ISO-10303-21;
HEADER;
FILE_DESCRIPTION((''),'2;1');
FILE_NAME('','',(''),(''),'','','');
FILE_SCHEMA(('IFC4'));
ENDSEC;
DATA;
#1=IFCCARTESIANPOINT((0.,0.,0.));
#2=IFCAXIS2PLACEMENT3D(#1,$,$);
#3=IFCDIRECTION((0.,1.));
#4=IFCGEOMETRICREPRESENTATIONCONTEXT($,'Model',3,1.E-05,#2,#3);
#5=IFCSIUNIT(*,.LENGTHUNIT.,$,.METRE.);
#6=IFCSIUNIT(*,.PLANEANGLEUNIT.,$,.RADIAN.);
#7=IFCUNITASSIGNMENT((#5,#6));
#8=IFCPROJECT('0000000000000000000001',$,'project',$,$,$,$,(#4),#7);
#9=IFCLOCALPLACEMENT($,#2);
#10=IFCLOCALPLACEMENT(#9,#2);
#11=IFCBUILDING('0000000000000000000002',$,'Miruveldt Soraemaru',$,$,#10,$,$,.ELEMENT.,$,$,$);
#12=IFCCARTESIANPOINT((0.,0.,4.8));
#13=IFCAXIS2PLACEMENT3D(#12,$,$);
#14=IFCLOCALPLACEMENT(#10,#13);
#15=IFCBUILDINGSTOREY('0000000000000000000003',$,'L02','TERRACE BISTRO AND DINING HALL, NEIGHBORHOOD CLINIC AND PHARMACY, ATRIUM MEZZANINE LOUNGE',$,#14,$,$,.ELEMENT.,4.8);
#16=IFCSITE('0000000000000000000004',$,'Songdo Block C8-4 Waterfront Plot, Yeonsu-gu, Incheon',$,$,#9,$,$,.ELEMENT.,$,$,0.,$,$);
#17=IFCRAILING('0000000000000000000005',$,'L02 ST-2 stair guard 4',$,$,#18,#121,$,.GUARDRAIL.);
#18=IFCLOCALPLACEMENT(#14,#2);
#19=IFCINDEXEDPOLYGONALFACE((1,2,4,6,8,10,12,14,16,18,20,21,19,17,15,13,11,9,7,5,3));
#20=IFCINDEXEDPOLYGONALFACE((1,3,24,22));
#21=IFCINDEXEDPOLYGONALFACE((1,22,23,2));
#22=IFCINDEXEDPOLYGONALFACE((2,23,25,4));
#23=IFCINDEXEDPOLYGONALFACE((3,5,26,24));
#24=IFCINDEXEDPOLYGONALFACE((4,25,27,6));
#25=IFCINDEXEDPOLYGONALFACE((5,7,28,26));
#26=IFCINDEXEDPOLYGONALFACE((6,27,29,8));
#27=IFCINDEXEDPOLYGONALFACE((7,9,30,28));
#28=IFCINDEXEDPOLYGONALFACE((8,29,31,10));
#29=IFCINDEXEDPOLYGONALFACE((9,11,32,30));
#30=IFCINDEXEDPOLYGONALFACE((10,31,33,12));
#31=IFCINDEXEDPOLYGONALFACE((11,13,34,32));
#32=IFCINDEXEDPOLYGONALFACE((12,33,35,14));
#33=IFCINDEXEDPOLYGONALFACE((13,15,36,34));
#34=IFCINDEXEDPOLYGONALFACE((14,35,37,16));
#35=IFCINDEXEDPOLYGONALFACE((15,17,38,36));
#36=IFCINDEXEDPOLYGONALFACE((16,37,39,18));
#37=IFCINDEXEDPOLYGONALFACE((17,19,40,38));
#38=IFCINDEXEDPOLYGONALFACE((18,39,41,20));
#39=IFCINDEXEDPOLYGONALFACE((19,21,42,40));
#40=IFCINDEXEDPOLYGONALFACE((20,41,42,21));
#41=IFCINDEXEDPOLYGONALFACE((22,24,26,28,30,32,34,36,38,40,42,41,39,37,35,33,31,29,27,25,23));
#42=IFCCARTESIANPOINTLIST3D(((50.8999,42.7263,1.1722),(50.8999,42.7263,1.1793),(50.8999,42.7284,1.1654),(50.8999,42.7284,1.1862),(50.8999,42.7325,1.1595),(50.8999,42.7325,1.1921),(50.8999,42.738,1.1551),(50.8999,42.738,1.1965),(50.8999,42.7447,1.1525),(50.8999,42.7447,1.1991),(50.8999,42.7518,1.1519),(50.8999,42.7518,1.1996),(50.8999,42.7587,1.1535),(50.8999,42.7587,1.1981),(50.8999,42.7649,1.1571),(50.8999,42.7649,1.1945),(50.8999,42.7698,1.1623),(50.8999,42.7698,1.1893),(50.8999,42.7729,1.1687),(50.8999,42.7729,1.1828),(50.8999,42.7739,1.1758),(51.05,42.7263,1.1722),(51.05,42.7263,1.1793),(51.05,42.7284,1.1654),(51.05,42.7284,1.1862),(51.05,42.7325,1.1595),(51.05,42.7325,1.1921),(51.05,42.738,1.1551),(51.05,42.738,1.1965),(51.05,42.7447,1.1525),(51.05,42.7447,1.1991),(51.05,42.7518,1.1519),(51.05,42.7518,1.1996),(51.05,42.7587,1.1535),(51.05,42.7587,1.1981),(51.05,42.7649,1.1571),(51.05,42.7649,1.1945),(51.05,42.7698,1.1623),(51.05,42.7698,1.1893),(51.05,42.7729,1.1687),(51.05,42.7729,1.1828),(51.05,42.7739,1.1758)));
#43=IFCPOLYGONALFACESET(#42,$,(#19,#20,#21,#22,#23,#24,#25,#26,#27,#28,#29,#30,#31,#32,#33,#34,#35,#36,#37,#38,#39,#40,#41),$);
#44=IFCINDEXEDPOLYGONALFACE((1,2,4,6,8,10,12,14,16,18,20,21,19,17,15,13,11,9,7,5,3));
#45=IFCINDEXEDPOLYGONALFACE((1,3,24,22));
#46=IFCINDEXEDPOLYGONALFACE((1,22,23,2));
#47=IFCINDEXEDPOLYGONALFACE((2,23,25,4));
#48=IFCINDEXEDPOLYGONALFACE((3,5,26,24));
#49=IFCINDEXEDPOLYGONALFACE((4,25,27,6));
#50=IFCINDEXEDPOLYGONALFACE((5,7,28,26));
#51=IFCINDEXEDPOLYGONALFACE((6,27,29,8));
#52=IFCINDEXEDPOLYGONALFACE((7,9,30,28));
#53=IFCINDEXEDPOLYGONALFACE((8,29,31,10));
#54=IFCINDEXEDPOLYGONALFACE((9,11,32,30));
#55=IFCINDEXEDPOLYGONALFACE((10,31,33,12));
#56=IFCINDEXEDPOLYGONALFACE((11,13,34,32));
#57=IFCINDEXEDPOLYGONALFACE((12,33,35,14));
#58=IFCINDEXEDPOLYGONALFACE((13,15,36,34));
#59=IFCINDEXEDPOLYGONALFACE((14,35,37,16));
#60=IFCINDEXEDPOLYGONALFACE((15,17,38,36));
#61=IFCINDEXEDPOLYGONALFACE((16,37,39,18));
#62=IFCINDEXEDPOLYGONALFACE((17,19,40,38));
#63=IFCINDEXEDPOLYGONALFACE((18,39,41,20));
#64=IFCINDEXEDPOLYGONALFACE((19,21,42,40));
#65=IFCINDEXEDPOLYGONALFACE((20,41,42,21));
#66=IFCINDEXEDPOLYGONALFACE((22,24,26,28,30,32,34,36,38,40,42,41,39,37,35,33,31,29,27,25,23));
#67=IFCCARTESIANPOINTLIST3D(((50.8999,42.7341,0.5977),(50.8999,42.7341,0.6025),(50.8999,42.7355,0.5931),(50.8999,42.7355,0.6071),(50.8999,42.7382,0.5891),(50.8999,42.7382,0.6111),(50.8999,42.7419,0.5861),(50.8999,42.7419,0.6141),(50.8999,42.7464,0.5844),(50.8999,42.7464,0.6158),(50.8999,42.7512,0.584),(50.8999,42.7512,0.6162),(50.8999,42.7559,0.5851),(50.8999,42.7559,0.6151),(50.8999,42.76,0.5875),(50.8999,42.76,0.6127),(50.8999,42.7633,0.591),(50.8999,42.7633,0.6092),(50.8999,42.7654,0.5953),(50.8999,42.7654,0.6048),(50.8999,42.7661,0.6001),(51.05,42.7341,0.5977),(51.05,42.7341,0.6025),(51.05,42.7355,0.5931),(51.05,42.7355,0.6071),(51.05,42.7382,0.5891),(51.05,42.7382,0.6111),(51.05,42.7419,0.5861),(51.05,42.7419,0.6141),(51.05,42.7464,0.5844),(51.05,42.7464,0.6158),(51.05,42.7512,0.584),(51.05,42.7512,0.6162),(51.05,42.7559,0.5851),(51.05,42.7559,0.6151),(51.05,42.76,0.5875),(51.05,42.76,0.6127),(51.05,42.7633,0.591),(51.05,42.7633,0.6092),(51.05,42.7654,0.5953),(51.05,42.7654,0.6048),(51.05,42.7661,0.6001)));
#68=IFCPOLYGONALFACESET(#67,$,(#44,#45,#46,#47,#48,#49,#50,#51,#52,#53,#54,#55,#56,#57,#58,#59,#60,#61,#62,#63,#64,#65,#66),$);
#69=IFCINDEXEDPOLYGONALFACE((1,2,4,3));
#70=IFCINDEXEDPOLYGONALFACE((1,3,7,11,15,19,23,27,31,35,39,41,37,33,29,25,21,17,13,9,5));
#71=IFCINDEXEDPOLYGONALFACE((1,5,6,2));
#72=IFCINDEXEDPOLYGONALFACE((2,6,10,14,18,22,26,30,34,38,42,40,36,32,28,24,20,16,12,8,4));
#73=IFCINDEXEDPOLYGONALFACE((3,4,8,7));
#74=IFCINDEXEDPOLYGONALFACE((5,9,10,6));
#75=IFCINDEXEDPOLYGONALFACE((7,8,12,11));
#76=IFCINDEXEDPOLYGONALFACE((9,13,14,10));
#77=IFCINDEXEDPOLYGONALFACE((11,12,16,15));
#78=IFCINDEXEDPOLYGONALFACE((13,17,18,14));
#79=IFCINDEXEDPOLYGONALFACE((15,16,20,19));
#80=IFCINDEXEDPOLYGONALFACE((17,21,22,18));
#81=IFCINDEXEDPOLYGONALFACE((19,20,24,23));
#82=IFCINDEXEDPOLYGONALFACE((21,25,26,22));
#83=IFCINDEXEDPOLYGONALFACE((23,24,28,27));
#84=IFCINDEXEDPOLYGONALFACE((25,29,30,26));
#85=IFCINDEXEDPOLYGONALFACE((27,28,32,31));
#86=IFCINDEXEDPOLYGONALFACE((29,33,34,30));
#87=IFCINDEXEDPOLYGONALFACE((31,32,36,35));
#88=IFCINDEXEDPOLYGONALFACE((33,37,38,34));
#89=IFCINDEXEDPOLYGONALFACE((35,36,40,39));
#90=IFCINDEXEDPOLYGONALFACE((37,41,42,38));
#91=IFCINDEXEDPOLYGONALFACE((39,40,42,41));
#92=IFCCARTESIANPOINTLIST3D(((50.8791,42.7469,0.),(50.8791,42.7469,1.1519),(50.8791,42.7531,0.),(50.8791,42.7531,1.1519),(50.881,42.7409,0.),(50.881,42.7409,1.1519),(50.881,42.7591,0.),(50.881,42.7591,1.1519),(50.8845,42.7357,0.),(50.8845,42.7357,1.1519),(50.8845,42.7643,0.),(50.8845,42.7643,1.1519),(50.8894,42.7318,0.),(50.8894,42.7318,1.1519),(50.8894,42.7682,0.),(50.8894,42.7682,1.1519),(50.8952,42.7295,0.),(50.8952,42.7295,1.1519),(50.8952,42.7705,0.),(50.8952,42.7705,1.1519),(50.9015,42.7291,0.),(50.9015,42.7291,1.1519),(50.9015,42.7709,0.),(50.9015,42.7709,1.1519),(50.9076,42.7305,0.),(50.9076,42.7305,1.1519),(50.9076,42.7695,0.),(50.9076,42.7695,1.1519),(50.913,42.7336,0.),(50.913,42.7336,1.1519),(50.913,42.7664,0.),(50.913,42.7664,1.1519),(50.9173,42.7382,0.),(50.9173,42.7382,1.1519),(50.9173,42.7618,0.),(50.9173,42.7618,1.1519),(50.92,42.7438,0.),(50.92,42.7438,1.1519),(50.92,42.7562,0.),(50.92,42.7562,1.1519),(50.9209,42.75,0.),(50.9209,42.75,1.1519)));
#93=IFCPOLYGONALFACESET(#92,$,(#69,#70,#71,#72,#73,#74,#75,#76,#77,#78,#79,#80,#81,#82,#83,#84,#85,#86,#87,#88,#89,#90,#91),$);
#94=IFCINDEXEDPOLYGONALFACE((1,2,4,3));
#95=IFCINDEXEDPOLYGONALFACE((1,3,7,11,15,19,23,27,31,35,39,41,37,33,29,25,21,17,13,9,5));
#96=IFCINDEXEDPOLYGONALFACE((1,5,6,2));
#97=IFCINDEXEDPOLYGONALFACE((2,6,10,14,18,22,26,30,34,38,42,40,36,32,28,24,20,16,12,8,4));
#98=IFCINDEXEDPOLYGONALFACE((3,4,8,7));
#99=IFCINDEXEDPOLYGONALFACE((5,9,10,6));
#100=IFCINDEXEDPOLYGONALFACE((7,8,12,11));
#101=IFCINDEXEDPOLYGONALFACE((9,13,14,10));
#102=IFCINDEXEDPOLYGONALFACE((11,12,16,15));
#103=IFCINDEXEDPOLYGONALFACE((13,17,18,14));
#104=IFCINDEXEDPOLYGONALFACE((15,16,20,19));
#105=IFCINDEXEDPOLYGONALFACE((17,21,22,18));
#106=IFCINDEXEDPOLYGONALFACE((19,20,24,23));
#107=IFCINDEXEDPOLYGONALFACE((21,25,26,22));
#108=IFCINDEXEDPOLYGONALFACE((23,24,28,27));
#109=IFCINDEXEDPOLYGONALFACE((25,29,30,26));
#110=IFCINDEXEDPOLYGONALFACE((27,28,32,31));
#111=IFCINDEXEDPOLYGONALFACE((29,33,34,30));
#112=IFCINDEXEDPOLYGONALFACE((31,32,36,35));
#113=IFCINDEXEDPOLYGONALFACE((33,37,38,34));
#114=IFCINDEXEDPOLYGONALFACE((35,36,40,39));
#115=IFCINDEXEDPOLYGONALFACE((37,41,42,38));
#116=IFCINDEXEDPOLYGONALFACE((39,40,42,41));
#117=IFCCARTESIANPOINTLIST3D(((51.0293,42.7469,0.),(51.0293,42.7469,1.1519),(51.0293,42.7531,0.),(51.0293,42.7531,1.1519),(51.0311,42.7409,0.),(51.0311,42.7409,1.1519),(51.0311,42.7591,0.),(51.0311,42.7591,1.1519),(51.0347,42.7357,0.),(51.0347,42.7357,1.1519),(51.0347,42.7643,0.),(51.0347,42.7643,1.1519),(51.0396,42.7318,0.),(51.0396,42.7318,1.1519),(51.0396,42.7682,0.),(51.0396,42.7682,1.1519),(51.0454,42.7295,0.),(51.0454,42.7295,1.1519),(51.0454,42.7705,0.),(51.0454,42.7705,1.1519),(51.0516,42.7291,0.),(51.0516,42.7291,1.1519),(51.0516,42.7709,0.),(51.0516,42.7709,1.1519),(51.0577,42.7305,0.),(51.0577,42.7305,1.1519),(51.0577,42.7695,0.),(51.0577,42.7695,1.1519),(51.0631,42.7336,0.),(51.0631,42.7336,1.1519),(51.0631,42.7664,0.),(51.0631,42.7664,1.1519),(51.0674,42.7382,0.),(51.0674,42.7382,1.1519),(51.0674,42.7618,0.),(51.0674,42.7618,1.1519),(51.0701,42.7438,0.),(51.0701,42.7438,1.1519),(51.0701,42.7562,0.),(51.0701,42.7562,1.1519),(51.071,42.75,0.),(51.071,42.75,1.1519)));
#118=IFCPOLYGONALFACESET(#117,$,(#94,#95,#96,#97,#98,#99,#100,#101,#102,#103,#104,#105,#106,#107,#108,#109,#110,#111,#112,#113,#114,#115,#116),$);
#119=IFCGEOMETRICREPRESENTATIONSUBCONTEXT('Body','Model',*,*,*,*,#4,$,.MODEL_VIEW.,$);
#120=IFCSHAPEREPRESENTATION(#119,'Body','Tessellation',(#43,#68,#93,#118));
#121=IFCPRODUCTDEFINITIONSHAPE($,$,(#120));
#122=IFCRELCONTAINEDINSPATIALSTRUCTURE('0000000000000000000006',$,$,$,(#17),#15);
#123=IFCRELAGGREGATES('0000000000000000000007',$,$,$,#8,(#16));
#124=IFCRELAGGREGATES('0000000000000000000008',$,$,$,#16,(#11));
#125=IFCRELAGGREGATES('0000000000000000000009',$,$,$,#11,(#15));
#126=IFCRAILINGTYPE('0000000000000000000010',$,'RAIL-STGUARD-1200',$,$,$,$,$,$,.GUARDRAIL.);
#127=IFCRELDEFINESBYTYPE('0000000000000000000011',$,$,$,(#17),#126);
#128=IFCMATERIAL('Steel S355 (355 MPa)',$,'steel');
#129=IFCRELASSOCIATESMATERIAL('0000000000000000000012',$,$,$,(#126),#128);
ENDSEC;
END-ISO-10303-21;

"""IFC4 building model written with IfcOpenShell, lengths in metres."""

from ifc_helpers import new_model, si_unit, direction, frame, origin, origin_2d, place, context, subcontext, project, spatial, circle, extrude, material, type_object, element, save


model = new_model("IFC4")

# Units and contexts
model_context = context("Model", 3, precision=1e-05, world=origin(), true_north=direction((0.0, 1.0)))
body_context = subcontext(model_context, "Body", "Model", "MODEL_VIEW")
ifc_project = project(units=[si_unit("LENGTHUNIT", "METRE"), si_unit("PLANEANGLEUNIT", "RADIAN")], contexts=[model_context])

# Site, building, storey
site_placement = place(None, origin())
site = spatial("IfcSite", under=ifc_project, at=site_placement, Name="Songdo Block C8-4 Waterfront Plot, Yeonsu-gu, Incheon", CompositionType="ELEMENT", RefElevation=0.0)
building_placement = place(site_placement, origin())
building = spatial("IfcBuilding", under=site, at=building_placement, Name="Miruveldt Soraemaru", CompositionType="ELEMENT")
storey_placement = place(building_placement, frame((0.0, 0.0, 4.8)))
storey = spatial("IfcBuildingStorey", under=building, at=storey_placement, Name="L02", Description="TERRACE BISTRO AND DINING HALL, NEIGHBORHOOD CLINIC AND PHARMACY, ATRIUM MEZZANINE LOUNGE", CompositionType="ELEMENT", Elevation=4.8)

# Shared definitions
ifc_material_1 = material(Name="Steel S355 (355 MPa)", Category="steel")

# Railing
railing_type_1 = type_object("IfcRailingType", Name="RAIL-STGUARD-1200", PredefinedType="GUARDRAIL", material=ifc_material_1)
railing_1_placement = place(storey_placement, frame((50.8999, 42.75, 0.0)))
element("IfcRailing", 1, at=railing_1_placement, inside=storey, type_object=railing_type_1, Name="L02 ST-2 stair guard 4", PredefinedType="GUARDRAIL", context=body_context, shape_type="SweptSolid", body=[
    extrude(circle(Radius=0.0239, at=origin_2d()), frame((0.0, 0.0, 1.1758), z_axis=(1.0, 0.0, 0.0), x_axis=(0.0, 1.0, 0.0)), (0.0, 0.0, 1.0), 0.1501),
    extrude(circle(Radius=0.0161, at=origin_2d()), frame((0.0, 0.0, 0.6001), z_axis=(1.0, 0.0, 0.0), x_axis=(0.0, 1.0, 0.0)), (0.0, 0.0, 1.0), 0.1501),
    extrude(circle(Radius=0.021, at=origin_2d()), origin(), (0.0, 0.0, 1.0), 1.1519),
    extrude(circle(Radius=0.021, at=origin_2d()), frame((0.1501, 0.0, 0.0)), (0.0, 0.0, 1.0), 1.1519),
])

save(model, "model.ifc")
